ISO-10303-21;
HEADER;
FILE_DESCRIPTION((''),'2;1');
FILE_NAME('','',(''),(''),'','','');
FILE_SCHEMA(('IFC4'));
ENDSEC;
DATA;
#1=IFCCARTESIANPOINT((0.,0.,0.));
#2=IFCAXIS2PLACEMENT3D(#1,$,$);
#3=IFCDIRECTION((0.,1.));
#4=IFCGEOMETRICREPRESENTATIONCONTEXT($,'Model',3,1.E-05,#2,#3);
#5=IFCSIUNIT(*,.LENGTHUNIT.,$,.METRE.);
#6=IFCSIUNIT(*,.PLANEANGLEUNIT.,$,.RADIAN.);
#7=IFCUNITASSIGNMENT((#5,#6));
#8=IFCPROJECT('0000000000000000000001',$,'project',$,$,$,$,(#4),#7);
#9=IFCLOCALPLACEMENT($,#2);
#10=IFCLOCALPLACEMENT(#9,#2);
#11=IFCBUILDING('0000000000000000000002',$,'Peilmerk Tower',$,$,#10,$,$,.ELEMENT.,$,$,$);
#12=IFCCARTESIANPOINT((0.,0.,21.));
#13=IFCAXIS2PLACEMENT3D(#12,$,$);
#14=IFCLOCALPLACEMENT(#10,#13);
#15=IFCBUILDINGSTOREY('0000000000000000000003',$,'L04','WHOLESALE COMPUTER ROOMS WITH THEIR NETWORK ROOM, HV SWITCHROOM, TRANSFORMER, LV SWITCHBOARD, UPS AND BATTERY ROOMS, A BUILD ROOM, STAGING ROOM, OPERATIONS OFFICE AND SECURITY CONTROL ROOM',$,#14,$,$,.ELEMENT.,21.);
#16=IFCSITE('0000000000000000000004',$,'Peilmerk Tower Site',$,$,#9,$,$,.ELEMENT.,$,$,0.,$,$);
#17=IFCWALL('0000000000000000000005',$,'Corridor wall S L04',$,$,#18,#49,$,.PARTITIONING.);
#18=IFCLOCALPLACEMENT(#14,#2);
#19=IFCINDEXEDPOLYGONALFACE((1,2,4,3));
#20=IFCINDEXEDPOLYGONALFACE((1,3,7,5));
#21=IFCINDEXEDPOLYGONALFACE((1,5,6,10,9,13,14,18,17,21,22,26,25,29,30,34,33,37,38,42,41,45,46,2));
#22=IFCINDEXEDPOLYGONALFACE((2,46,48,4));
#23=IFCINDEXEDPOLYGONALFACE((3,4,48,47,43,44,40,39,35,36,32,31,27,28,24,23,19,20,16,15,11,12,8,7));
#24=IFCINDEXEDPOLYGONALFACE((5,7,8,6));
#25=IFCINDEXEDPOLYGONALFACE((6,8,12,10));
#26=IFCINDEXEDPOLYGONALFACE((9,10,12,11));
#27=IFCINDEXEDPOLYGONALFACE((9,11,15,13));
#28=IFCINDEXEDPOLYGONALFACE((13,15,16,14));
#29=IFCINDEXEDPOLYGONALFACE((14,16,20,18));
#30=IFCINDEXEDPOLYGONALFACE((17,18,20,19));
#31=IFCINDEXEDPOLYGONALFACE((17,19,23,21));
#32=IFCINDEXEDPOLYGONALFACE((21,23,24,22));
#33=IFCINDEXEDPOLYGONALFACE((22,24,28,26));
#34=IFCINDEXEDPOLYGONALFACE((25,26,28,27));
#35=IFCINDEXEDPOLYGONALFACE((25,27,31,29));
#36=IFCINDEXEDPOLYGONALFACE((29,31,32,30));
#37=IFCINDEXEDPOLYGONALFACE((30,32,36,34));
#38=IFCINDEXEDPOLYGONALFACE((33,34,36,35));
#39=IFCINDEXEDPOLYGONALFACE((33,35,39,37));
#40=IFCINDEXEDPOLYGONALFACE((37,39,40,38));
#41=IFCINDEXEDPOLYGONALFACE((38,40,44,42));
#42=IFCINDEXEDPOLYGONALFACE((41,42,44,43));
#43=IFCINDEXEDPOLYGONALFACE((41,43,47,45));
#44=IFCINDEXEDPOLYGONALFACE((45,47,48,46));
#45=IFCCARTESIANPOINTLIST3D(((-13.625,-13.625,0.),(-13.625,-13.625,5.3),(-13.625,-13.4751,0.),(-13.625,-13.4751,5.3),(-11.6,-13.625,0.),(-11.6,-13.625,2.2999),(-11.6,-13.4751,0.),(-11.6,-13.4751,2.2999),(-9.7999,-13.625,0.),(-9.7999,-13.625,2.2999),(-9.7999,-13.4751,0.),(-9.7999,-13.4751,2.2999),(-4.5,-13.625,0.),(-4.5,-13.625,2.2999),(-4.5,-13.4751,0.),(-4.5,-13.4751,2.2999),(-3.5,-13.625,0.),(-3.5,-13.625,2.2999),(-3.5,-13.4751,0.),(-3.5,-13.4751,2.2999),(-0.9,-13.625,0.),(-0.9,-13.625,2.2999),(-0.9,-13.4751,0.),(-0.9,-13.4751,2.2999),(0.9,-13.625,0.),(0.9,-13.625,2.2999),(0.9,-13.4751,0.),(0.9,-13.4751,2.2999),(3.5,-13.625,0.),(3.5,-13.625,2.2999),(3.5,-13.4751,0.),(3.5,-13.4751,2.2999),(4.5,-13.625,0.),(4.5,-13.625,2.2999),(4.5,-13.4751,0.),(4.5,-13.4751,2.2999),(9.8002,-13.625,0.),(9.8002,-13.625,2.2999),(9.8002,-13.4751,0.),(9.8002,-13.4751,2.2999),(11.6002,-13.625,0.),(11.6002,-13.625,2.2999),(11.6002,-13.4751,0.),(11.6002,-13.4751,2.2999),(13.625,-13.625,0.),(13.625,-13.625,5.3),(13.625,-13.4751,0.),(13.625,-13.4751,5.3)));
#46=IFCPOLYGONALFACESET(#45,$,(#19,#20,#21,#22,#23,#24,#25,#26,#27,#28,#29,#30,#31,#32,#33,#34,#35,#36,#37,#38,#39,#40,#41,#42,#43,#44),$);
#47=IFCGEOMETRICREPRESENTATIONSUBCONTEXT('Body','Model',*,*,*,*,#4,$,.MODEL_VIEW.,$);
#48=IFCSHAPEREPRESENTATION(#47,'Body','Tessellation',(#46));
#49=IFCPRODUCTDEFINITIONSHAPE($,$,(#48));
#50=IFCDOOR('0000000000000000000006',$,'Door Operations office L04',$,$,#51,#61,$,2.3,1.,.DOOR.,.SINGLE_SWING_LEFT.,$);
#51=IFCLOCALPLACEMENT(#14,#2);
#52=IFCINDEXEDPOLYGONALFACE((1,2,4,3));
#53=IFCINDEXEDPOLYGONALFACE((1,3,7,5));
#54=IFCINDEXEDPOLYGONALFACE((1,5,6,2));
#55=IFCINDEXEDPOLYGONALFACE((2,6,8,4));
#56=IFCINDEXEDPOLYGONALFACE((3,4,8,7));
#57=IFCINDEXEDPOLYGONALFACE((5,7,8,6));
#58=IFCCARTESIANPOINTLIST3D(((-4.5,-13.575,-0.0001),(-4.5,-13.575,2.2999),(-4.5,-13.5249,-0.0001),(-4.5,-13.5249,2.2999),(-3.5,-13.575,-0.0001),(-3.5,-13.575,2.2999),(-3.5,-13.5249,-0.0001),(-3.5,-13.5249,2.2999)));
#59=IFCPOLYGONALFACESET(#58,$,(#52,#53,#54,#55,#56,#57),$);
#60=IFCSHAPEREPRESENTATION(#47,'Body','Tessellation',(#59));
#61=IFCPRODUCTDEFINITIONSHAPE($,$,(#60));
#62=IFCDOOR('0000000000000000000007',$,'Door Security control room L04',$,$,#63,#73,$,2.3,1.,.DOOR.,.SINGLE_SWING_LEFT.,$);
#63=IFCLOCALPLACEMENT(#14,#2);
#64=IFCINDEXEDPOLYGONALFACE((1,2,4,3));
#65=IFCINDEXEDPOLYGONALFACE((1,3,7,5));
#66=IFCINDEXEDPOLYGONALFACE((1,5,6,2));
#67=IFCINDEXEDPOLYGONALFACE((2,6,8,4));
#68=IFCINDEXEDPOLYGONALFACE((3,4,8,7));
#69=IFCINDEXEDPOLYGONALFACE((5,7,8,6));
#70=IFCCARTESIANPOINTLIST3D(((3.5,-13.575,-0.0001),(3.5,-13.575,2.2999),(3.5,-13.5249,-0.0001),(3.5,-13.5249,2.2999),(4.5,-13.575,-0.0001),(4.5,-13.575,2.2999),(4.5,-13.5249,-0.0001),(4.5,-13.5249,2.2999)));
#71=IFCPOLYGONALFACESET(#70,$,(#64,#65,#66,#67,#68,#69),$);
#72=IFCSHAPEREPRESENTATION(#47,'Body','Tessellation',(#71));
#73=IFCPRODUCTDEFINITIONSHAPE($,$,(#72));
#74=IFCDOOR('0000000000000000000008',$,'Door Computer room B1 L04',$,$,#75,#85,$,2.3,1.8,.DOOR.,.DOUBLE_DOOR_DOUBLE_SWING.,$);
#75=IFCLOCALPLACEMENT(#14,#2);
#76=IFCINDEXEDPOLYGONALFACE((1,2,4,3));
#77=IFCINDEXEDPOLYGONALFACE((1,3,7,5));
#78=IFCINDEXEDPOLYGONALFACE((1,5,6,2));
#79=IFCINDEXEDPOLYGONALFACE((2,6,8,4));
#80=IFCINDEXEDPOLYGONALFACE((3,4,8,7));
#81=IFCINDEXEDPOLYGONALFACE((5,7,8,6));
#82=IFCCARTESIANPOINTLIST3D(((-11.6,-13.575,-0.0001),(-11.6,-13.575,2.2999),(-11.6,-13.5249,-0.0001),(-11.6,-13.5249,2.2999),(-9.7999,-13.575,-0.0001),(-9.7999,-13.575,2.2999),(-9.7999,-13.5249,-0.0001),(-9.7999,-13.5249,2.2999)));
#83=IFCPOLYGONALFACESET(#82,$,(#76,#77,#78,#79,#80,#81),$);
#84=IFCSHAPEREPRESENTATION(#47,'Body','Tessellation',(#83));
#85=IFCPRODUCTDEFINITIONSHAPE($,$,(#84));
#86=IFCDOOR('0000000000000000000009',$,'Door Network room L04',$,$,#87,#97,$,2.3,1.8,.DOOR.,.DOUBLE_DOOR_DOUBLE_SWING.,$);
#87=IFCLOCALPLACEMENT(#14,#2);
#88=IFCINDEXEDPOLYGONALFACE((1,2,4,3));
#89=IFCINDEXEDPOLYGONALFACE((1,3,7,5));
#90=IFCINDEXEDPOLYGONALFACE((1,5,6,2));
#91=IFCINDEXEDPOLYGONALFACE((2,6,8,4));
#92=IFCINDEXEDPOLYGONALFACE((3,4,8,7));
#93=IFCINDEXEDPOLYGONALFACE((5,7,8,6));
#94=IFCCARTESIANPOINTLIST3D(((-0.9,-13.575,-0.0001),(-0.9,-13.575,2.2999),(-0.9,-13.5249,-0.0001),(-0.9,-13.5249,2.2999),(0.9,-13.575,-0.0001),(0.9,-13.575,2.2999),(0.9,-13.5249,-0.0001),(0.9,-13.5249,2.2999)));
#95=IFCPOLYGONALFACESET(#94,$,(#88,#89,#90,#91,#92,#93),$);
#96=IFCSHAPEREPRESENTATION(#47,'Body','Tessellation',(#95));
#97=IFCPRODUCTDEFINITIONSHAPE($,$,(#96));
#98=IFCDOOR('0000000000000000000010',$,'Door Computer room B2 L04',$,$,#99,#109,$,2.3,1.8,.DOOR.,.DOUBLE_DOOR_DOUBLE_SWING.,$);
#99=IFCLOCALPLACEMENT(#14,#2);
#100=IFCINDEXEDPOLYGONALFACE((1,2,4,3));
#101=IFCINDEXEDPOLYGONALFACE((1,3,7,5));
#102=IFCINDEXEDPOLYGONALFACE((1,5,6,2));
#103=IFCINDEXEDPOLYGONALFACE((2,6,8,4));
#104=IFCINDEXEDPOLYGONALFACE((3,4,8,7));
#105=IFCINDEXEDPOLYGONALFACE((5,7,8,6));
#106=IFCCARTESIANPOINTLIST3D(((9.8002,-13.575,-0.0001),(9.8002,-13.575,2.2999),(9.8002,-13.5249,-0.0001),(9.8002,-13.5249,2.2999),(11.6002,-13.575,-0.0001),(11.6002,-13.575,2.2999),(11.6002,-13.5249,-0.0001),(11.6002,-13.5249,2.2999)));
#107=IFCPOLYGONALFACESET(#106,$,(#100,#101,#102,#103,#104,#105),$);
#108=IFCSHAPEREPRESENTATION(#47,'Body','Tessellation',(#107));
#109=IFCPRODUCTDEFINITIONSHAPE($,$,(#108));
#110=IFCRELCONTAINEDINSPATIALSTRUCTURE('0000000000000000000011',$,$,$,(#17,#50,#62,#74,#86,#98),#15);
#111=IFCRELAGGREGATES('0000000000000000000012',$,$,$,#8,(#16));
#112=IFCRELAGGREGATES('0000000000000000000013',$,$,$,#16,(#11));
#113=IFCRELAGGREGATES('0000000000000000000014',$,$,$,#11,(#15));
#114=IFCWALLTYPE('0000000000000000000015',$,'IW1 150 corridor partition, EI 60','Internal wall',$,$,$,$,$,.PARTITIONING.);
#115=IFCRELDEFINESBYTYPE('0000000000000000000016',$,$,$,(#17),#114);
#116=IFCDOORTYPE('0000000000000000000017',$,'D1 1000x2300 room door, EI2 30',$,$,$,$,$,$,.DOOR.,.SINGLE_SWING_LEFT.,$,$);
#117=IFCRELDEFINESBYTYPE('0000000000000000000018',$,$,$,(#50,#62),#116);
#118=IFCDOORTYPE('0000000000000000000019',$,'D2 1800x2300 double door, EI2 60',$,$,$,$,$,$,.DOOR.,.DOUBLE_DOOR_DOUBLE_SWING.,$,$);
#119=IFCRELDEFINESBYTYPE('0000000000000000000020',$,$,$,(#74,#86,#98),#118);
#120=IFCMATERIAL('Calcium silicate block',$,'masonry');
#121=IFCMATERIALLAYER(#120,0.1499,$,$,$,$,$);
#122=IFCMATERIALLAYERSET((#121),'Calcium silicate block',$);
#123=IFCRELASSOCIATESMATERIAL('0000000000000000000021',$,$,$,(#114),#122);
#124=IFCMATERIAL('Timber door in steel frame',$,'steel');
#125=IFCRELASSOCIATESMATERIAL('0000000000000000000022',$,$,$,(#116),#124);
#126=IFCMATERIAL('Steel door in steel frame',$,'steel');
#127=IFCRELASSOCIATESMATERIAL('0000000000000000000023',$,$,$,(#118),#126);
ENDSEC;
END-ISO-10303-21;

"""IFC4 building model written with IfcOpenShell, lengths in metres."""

from ifc_helpers import new_model, si_unit, direction, frame, frame_2d, origin, place, context, subcontext, project, spatial, rectangle, extrude, material, layer, layer_set, type_object, element, fill, save


model = new_model("IFC4")

# Units and contexts
model_context = context("Model", 3, precision=1e-05, world=origin(), true_north=direction((0.0, 1.0)))
body_context = subcontext(model_context, "Body", "Model", "MODEL_VIEW")
ifc_project = project(units=[si_unit("LENGTHUNIT", "METRE"), si_unit("PLANEANGLEUNIT", "RADIAN")], contexts=[model_context])

# Site, building, storey
site_placement = place(None, origin())
site = spatial("IfcSite", under=ifc_project, at=site_placement, Name="Peilmerk Tower Site", CompositionType="ELEMENT", RefElevation=0.0)
building_placement = place(site_placement, origin())
building = spatial("IfcBuilding", under=site, at=building_placement, Name="Peilmerk Tower", CompositionType="ELEMENT")
storey_placement = place(building_placement, frame((0.0, 0.0, 21.0)))
storey = spatial("IfcBuildingStorey", under=building, at=storey_placement, Name="L04", Description="WHOLESALE COMPUTER ROOMS WITH THEIR NETWORK ROOM, HV SWITCHROOM, TRANSFORMER, LV SWITCHBOARD, UPS AND BATTERY ROOMS, A BUILD ROOM, STAGING ROOM, OPERATIONS OFFICE AND SECURITY CONTROL ROOM", CompositionType="ELEMENT", Elevation=21.0)

# Wall, openings, doors
ifc_material_1 = material(Name="Calcium silicate block", Category="masonry")
ifc_layer_1 = layer(ifc_material_1, 0.1499)
ifc_layer_set_1 = layer_set([ifc_layer_1], Name="Calcium silicate block")
wall_type_1 = type_object("IfcWallType", Name="IW1 150 corridor partition, EI 60", Description="Internal wall", PredefinedType="PARTITIONING", material=ifc_layer_set_1)
wall_1_placement = place(storey_placement, frame((13.625, -13.55, 0.0), z_axis=(0.0, 0.0, 1.0), x_axis=(-1.0, 0.0, 0.0)))
wall_1 = element("IfcWall", 1, at=wall_1_placement, inside=storey, type_object=wall_type_1, Name="Corridor wall S L04", PredefinedType="PARTITIONING", context=body_context, shape_type="SweptSolid", body=[
    extrude(rectangle(XDim=27.25, YDim=0.1499, at=frame_2d((13.625, 0.0))), origin(), (0.0, 0.0, 1.0), 5.3),
])
opening_1_placement = place(wall_1_placement, frame((23.425, 0.0, 0.0)))
opening_1 = element("IfcOpeningElement", 2, at=opening_1_placement, cuts=wall_1, PredefinedType="OPENING", context=body_context, shape_type="SweptSolid", body=[
    extrude(rectangle(XDim=1.8, YDim=2.3, at=frame_2d((0.8999, 1.1499))), frame((0.0, 0.085, 0.0), z_axis=(0.0, -1.0, 0.0), x_axis=(1.0, 0.0, 0.0)), (0.0, 0.0, 1.0), 0.1699),
])
opening_2_placement = place(wall_1_placement, frame((12.7251, 0.0, 0.0)))
opening_2 = element("IfcOpeningElement", 3, at=opening_2_placement, cuts=wall_1, PredefinedType="OPENING", context=body_context, shape_type="SweptSolid", body=[
    extrude(rectangle(XDim=1.8, YDim=2.3, at=frame_2d((0.8999, 1.1499))), frame((0.0, 0.085, 0.0), z_axis=(0.0, -1.0, 0.0), x_axis=(1.0, 0.0, 0.0)), (0.0, 0.0, 1.0), 0.1699),
])
opening_3_placement = place(wall_1_placement, frame((2.0249, 0.0, 0.0)))
opening_3 = element("IfcOpeningElement", 4, at=opening_3_placement, cuts=wall_1, PredefinedType="OPENING", context=body_context, shape_type="SweptSolid", body=[
    extrude(rectangle(XDim=1.8, YDim=2.3, at=frame_2d((0.8999, 1.1499))), frame((0.0, 0.085, 0.0), z_axis=(0.0, -1.0, 0.0), x_axis=(1.0, 0.0, 0.0)), (0.0, 0.0, 1.0), 0.1699),
])
opening_4_placement = place(wall_1_placement, frame((17.125, 0.0, 0.0)))
opening_4 = element("IfcOpeningElement", 5, at=opening_4_placement, cuts=wall_1, PredefinedType="OPENING", context=body_context, shape_type="SweptSolid", body=[
    extrude(rectangle(XDim=1.0, YDim=2.3, at=frame_2d((0.5, 1.1499))), frame((0.0, 0.085, 0.0), z_axis=(0.0, -1.0, 0.0), x_axis=(1.0, 0.0, 0.0)), (0.0, 0.0, 1.0), 0.1699),
])
opening_5_placement = place(wall_1_placement, frame((9.125, 0.0, 0.0)))
opening_5 = element("IfcOpeningElement", 6, at=opening_5_placement, cuts=wall_1, PredefinedType="OPENING", context=body_context, shape_type="SweptSolid", body=[
    extrude(rectangle(XDim=1.0, YDim=2.3, at=frame_2d((0.5, 1.1499))), frame((0.0, 0.085, 0.0), z_axis=(0.0, -1.0, 0.0), x_axis=(1.0, 0.0, 0.0)), (0.0, 0.0, 1.0), 0.1699),
])
ifc_material_2 = material(Name="Timber door in steel frame", Category="steel")
door_type_1 = type_object("IfcDoorType", Name="D1 1000x2300 room door, EI2 30", OperationType="SINGLE_SWING_LEFT", PredefinedType="DOOR", material=ifc_material_2)
door_1_placement = place(opening_4_placement, origin())
door_1 = element("IfcDoor", 7, at=door_1_placement, inside=storey, type_object=door_type_1, Name="Door Operations office L04", OperationType="SINGLE_SWING_LEFT", OverallHeight=2.3, OverallWidth=1.0, PredefinedType="DOOR", context=body_context, shape_type="SweptSolid", body=[
    extrude(rectangle(XDim=1.0, YDim=2.3, at=frame_2d((0.5, 1.1499))), frame((0.0, 0.0249, 0.0), z_axis=(0.0, -1.0, 0.0), x_axis=(1.0, 0.0, 0.0)), (0.0, 0.0, 1.0), 0.05),
])
fill(opening_4, door_1)
door_2_placement = place(opening_5_placement, origin())
door_2 = element("IfcDoor", 8, at=door_2_placement, inside=storey, type_object=door_type_1, Name="Door Security control room L04", OperationType="SINGLE_SWING_LEFT", OverallHeight=2.3, OverallWidth=1.0, PredefinedType="DOOR", context=body_context, shape_type="SweptSolid", body=[
    extrude(rectangle(XDim=1.0, YDim=2.3, at=frame_2d((0.5, 1.1499))), frame((0.0, 0.0249, 0.0), z_axis=(0.0, -1.0, 0.0), x_axis=(1.0, 0.0, 0.0)), (0.0, 0.0, 1.0), 0.05),
])
fill(opening_5, door_2)
ifc_material_3 = material(Name="Steel door in steel frame", Category="steel")
door_type_2 = type_object("IfcDoorType", Name="D2 1800x2300 double door, EI2 60", OperationType="DOUBLE_DOOR_DOUBLE_SWING", PredefinedType="DOOR", material=ifc_material_3)
door_3_placement = place(opening_1_placement, origin())
door_3 = element("IfcDoor", 9, at=door_3_placement, inside=storey, type_object=door_type_2, Name="Door Computer room B1 L04", OperationType="DOUBLE_DOOR_DOUBLE_SWING", OverallHeight=2.3, OverallWidth=1.8, PredefinedType="DOOR", context=body_context, shape_type="SweptSolid", body=[
    extrude(rectangle(XDim=1.8, YDim=2.3, at=frame_2d((0.8999, 1.1499))), frame((0.0, 0.0249, 0.0), z_axis=(0.0, -1.0, 0.0), x_axis=(1.0, 0.0, 0.0)), (0.0, 0.0, 1.0), 0.05),
])
fill(opening_1, door_3)
door_4_placement = place(opening_2_placement, origin())
door_4 = element("IfcDoor", 10, at=door_4_placement, inside=storey, type_object=door_type_2, Name="Door Network room L04", OperationType="DOUBLE_DOOR_DOUBLE_SWING", OverallHeight=2.3, OverallWidth=1.8, PredefinedType="DOOR", context=body_context, shape_type="SweptSolid", body=[
    extrude(rectangle(XDim=1.8, YDim=2.3, at=frame_2d((0.8999, 1.1499))), frame((0.0, 0.0249, 0.0), z_axis=(0.0, -1.0, 0.0), x_axis=(1.0, 0.0, 0.0)), (0.0, 0.0, 1.0), 0.05),
])
fill(opening_2, door_4)
door_5_placement = place(opening_3_placement, origin())
door_5 = element("IfcDoor", 11, at=door_5_placement, inside=storey, type_object=door_type_2, Name="Door Computer room B2 L04", OperationType="DOUBLE_DOOR_DOUBLE_SWING", OverallHeight=2.3, OverallWidth=1.8, PredefinedType="DOOR", context=body_context, shape_type="SweptSolid", body=[
    extrude(rectangle(XDim=1.8, YDim=2.3, at=frame_2d((0.8999, 1.1499))), frame((0.0, 0.0249, 0.0), z_axis=(0.0, -1.0, 0.0), x_axis=(1.0, 0.0, 0.0)), (0.0, 0.0, 1.0), 0.05),
])
fill(opening_3, door_5)

save(model, "model.ifc")
